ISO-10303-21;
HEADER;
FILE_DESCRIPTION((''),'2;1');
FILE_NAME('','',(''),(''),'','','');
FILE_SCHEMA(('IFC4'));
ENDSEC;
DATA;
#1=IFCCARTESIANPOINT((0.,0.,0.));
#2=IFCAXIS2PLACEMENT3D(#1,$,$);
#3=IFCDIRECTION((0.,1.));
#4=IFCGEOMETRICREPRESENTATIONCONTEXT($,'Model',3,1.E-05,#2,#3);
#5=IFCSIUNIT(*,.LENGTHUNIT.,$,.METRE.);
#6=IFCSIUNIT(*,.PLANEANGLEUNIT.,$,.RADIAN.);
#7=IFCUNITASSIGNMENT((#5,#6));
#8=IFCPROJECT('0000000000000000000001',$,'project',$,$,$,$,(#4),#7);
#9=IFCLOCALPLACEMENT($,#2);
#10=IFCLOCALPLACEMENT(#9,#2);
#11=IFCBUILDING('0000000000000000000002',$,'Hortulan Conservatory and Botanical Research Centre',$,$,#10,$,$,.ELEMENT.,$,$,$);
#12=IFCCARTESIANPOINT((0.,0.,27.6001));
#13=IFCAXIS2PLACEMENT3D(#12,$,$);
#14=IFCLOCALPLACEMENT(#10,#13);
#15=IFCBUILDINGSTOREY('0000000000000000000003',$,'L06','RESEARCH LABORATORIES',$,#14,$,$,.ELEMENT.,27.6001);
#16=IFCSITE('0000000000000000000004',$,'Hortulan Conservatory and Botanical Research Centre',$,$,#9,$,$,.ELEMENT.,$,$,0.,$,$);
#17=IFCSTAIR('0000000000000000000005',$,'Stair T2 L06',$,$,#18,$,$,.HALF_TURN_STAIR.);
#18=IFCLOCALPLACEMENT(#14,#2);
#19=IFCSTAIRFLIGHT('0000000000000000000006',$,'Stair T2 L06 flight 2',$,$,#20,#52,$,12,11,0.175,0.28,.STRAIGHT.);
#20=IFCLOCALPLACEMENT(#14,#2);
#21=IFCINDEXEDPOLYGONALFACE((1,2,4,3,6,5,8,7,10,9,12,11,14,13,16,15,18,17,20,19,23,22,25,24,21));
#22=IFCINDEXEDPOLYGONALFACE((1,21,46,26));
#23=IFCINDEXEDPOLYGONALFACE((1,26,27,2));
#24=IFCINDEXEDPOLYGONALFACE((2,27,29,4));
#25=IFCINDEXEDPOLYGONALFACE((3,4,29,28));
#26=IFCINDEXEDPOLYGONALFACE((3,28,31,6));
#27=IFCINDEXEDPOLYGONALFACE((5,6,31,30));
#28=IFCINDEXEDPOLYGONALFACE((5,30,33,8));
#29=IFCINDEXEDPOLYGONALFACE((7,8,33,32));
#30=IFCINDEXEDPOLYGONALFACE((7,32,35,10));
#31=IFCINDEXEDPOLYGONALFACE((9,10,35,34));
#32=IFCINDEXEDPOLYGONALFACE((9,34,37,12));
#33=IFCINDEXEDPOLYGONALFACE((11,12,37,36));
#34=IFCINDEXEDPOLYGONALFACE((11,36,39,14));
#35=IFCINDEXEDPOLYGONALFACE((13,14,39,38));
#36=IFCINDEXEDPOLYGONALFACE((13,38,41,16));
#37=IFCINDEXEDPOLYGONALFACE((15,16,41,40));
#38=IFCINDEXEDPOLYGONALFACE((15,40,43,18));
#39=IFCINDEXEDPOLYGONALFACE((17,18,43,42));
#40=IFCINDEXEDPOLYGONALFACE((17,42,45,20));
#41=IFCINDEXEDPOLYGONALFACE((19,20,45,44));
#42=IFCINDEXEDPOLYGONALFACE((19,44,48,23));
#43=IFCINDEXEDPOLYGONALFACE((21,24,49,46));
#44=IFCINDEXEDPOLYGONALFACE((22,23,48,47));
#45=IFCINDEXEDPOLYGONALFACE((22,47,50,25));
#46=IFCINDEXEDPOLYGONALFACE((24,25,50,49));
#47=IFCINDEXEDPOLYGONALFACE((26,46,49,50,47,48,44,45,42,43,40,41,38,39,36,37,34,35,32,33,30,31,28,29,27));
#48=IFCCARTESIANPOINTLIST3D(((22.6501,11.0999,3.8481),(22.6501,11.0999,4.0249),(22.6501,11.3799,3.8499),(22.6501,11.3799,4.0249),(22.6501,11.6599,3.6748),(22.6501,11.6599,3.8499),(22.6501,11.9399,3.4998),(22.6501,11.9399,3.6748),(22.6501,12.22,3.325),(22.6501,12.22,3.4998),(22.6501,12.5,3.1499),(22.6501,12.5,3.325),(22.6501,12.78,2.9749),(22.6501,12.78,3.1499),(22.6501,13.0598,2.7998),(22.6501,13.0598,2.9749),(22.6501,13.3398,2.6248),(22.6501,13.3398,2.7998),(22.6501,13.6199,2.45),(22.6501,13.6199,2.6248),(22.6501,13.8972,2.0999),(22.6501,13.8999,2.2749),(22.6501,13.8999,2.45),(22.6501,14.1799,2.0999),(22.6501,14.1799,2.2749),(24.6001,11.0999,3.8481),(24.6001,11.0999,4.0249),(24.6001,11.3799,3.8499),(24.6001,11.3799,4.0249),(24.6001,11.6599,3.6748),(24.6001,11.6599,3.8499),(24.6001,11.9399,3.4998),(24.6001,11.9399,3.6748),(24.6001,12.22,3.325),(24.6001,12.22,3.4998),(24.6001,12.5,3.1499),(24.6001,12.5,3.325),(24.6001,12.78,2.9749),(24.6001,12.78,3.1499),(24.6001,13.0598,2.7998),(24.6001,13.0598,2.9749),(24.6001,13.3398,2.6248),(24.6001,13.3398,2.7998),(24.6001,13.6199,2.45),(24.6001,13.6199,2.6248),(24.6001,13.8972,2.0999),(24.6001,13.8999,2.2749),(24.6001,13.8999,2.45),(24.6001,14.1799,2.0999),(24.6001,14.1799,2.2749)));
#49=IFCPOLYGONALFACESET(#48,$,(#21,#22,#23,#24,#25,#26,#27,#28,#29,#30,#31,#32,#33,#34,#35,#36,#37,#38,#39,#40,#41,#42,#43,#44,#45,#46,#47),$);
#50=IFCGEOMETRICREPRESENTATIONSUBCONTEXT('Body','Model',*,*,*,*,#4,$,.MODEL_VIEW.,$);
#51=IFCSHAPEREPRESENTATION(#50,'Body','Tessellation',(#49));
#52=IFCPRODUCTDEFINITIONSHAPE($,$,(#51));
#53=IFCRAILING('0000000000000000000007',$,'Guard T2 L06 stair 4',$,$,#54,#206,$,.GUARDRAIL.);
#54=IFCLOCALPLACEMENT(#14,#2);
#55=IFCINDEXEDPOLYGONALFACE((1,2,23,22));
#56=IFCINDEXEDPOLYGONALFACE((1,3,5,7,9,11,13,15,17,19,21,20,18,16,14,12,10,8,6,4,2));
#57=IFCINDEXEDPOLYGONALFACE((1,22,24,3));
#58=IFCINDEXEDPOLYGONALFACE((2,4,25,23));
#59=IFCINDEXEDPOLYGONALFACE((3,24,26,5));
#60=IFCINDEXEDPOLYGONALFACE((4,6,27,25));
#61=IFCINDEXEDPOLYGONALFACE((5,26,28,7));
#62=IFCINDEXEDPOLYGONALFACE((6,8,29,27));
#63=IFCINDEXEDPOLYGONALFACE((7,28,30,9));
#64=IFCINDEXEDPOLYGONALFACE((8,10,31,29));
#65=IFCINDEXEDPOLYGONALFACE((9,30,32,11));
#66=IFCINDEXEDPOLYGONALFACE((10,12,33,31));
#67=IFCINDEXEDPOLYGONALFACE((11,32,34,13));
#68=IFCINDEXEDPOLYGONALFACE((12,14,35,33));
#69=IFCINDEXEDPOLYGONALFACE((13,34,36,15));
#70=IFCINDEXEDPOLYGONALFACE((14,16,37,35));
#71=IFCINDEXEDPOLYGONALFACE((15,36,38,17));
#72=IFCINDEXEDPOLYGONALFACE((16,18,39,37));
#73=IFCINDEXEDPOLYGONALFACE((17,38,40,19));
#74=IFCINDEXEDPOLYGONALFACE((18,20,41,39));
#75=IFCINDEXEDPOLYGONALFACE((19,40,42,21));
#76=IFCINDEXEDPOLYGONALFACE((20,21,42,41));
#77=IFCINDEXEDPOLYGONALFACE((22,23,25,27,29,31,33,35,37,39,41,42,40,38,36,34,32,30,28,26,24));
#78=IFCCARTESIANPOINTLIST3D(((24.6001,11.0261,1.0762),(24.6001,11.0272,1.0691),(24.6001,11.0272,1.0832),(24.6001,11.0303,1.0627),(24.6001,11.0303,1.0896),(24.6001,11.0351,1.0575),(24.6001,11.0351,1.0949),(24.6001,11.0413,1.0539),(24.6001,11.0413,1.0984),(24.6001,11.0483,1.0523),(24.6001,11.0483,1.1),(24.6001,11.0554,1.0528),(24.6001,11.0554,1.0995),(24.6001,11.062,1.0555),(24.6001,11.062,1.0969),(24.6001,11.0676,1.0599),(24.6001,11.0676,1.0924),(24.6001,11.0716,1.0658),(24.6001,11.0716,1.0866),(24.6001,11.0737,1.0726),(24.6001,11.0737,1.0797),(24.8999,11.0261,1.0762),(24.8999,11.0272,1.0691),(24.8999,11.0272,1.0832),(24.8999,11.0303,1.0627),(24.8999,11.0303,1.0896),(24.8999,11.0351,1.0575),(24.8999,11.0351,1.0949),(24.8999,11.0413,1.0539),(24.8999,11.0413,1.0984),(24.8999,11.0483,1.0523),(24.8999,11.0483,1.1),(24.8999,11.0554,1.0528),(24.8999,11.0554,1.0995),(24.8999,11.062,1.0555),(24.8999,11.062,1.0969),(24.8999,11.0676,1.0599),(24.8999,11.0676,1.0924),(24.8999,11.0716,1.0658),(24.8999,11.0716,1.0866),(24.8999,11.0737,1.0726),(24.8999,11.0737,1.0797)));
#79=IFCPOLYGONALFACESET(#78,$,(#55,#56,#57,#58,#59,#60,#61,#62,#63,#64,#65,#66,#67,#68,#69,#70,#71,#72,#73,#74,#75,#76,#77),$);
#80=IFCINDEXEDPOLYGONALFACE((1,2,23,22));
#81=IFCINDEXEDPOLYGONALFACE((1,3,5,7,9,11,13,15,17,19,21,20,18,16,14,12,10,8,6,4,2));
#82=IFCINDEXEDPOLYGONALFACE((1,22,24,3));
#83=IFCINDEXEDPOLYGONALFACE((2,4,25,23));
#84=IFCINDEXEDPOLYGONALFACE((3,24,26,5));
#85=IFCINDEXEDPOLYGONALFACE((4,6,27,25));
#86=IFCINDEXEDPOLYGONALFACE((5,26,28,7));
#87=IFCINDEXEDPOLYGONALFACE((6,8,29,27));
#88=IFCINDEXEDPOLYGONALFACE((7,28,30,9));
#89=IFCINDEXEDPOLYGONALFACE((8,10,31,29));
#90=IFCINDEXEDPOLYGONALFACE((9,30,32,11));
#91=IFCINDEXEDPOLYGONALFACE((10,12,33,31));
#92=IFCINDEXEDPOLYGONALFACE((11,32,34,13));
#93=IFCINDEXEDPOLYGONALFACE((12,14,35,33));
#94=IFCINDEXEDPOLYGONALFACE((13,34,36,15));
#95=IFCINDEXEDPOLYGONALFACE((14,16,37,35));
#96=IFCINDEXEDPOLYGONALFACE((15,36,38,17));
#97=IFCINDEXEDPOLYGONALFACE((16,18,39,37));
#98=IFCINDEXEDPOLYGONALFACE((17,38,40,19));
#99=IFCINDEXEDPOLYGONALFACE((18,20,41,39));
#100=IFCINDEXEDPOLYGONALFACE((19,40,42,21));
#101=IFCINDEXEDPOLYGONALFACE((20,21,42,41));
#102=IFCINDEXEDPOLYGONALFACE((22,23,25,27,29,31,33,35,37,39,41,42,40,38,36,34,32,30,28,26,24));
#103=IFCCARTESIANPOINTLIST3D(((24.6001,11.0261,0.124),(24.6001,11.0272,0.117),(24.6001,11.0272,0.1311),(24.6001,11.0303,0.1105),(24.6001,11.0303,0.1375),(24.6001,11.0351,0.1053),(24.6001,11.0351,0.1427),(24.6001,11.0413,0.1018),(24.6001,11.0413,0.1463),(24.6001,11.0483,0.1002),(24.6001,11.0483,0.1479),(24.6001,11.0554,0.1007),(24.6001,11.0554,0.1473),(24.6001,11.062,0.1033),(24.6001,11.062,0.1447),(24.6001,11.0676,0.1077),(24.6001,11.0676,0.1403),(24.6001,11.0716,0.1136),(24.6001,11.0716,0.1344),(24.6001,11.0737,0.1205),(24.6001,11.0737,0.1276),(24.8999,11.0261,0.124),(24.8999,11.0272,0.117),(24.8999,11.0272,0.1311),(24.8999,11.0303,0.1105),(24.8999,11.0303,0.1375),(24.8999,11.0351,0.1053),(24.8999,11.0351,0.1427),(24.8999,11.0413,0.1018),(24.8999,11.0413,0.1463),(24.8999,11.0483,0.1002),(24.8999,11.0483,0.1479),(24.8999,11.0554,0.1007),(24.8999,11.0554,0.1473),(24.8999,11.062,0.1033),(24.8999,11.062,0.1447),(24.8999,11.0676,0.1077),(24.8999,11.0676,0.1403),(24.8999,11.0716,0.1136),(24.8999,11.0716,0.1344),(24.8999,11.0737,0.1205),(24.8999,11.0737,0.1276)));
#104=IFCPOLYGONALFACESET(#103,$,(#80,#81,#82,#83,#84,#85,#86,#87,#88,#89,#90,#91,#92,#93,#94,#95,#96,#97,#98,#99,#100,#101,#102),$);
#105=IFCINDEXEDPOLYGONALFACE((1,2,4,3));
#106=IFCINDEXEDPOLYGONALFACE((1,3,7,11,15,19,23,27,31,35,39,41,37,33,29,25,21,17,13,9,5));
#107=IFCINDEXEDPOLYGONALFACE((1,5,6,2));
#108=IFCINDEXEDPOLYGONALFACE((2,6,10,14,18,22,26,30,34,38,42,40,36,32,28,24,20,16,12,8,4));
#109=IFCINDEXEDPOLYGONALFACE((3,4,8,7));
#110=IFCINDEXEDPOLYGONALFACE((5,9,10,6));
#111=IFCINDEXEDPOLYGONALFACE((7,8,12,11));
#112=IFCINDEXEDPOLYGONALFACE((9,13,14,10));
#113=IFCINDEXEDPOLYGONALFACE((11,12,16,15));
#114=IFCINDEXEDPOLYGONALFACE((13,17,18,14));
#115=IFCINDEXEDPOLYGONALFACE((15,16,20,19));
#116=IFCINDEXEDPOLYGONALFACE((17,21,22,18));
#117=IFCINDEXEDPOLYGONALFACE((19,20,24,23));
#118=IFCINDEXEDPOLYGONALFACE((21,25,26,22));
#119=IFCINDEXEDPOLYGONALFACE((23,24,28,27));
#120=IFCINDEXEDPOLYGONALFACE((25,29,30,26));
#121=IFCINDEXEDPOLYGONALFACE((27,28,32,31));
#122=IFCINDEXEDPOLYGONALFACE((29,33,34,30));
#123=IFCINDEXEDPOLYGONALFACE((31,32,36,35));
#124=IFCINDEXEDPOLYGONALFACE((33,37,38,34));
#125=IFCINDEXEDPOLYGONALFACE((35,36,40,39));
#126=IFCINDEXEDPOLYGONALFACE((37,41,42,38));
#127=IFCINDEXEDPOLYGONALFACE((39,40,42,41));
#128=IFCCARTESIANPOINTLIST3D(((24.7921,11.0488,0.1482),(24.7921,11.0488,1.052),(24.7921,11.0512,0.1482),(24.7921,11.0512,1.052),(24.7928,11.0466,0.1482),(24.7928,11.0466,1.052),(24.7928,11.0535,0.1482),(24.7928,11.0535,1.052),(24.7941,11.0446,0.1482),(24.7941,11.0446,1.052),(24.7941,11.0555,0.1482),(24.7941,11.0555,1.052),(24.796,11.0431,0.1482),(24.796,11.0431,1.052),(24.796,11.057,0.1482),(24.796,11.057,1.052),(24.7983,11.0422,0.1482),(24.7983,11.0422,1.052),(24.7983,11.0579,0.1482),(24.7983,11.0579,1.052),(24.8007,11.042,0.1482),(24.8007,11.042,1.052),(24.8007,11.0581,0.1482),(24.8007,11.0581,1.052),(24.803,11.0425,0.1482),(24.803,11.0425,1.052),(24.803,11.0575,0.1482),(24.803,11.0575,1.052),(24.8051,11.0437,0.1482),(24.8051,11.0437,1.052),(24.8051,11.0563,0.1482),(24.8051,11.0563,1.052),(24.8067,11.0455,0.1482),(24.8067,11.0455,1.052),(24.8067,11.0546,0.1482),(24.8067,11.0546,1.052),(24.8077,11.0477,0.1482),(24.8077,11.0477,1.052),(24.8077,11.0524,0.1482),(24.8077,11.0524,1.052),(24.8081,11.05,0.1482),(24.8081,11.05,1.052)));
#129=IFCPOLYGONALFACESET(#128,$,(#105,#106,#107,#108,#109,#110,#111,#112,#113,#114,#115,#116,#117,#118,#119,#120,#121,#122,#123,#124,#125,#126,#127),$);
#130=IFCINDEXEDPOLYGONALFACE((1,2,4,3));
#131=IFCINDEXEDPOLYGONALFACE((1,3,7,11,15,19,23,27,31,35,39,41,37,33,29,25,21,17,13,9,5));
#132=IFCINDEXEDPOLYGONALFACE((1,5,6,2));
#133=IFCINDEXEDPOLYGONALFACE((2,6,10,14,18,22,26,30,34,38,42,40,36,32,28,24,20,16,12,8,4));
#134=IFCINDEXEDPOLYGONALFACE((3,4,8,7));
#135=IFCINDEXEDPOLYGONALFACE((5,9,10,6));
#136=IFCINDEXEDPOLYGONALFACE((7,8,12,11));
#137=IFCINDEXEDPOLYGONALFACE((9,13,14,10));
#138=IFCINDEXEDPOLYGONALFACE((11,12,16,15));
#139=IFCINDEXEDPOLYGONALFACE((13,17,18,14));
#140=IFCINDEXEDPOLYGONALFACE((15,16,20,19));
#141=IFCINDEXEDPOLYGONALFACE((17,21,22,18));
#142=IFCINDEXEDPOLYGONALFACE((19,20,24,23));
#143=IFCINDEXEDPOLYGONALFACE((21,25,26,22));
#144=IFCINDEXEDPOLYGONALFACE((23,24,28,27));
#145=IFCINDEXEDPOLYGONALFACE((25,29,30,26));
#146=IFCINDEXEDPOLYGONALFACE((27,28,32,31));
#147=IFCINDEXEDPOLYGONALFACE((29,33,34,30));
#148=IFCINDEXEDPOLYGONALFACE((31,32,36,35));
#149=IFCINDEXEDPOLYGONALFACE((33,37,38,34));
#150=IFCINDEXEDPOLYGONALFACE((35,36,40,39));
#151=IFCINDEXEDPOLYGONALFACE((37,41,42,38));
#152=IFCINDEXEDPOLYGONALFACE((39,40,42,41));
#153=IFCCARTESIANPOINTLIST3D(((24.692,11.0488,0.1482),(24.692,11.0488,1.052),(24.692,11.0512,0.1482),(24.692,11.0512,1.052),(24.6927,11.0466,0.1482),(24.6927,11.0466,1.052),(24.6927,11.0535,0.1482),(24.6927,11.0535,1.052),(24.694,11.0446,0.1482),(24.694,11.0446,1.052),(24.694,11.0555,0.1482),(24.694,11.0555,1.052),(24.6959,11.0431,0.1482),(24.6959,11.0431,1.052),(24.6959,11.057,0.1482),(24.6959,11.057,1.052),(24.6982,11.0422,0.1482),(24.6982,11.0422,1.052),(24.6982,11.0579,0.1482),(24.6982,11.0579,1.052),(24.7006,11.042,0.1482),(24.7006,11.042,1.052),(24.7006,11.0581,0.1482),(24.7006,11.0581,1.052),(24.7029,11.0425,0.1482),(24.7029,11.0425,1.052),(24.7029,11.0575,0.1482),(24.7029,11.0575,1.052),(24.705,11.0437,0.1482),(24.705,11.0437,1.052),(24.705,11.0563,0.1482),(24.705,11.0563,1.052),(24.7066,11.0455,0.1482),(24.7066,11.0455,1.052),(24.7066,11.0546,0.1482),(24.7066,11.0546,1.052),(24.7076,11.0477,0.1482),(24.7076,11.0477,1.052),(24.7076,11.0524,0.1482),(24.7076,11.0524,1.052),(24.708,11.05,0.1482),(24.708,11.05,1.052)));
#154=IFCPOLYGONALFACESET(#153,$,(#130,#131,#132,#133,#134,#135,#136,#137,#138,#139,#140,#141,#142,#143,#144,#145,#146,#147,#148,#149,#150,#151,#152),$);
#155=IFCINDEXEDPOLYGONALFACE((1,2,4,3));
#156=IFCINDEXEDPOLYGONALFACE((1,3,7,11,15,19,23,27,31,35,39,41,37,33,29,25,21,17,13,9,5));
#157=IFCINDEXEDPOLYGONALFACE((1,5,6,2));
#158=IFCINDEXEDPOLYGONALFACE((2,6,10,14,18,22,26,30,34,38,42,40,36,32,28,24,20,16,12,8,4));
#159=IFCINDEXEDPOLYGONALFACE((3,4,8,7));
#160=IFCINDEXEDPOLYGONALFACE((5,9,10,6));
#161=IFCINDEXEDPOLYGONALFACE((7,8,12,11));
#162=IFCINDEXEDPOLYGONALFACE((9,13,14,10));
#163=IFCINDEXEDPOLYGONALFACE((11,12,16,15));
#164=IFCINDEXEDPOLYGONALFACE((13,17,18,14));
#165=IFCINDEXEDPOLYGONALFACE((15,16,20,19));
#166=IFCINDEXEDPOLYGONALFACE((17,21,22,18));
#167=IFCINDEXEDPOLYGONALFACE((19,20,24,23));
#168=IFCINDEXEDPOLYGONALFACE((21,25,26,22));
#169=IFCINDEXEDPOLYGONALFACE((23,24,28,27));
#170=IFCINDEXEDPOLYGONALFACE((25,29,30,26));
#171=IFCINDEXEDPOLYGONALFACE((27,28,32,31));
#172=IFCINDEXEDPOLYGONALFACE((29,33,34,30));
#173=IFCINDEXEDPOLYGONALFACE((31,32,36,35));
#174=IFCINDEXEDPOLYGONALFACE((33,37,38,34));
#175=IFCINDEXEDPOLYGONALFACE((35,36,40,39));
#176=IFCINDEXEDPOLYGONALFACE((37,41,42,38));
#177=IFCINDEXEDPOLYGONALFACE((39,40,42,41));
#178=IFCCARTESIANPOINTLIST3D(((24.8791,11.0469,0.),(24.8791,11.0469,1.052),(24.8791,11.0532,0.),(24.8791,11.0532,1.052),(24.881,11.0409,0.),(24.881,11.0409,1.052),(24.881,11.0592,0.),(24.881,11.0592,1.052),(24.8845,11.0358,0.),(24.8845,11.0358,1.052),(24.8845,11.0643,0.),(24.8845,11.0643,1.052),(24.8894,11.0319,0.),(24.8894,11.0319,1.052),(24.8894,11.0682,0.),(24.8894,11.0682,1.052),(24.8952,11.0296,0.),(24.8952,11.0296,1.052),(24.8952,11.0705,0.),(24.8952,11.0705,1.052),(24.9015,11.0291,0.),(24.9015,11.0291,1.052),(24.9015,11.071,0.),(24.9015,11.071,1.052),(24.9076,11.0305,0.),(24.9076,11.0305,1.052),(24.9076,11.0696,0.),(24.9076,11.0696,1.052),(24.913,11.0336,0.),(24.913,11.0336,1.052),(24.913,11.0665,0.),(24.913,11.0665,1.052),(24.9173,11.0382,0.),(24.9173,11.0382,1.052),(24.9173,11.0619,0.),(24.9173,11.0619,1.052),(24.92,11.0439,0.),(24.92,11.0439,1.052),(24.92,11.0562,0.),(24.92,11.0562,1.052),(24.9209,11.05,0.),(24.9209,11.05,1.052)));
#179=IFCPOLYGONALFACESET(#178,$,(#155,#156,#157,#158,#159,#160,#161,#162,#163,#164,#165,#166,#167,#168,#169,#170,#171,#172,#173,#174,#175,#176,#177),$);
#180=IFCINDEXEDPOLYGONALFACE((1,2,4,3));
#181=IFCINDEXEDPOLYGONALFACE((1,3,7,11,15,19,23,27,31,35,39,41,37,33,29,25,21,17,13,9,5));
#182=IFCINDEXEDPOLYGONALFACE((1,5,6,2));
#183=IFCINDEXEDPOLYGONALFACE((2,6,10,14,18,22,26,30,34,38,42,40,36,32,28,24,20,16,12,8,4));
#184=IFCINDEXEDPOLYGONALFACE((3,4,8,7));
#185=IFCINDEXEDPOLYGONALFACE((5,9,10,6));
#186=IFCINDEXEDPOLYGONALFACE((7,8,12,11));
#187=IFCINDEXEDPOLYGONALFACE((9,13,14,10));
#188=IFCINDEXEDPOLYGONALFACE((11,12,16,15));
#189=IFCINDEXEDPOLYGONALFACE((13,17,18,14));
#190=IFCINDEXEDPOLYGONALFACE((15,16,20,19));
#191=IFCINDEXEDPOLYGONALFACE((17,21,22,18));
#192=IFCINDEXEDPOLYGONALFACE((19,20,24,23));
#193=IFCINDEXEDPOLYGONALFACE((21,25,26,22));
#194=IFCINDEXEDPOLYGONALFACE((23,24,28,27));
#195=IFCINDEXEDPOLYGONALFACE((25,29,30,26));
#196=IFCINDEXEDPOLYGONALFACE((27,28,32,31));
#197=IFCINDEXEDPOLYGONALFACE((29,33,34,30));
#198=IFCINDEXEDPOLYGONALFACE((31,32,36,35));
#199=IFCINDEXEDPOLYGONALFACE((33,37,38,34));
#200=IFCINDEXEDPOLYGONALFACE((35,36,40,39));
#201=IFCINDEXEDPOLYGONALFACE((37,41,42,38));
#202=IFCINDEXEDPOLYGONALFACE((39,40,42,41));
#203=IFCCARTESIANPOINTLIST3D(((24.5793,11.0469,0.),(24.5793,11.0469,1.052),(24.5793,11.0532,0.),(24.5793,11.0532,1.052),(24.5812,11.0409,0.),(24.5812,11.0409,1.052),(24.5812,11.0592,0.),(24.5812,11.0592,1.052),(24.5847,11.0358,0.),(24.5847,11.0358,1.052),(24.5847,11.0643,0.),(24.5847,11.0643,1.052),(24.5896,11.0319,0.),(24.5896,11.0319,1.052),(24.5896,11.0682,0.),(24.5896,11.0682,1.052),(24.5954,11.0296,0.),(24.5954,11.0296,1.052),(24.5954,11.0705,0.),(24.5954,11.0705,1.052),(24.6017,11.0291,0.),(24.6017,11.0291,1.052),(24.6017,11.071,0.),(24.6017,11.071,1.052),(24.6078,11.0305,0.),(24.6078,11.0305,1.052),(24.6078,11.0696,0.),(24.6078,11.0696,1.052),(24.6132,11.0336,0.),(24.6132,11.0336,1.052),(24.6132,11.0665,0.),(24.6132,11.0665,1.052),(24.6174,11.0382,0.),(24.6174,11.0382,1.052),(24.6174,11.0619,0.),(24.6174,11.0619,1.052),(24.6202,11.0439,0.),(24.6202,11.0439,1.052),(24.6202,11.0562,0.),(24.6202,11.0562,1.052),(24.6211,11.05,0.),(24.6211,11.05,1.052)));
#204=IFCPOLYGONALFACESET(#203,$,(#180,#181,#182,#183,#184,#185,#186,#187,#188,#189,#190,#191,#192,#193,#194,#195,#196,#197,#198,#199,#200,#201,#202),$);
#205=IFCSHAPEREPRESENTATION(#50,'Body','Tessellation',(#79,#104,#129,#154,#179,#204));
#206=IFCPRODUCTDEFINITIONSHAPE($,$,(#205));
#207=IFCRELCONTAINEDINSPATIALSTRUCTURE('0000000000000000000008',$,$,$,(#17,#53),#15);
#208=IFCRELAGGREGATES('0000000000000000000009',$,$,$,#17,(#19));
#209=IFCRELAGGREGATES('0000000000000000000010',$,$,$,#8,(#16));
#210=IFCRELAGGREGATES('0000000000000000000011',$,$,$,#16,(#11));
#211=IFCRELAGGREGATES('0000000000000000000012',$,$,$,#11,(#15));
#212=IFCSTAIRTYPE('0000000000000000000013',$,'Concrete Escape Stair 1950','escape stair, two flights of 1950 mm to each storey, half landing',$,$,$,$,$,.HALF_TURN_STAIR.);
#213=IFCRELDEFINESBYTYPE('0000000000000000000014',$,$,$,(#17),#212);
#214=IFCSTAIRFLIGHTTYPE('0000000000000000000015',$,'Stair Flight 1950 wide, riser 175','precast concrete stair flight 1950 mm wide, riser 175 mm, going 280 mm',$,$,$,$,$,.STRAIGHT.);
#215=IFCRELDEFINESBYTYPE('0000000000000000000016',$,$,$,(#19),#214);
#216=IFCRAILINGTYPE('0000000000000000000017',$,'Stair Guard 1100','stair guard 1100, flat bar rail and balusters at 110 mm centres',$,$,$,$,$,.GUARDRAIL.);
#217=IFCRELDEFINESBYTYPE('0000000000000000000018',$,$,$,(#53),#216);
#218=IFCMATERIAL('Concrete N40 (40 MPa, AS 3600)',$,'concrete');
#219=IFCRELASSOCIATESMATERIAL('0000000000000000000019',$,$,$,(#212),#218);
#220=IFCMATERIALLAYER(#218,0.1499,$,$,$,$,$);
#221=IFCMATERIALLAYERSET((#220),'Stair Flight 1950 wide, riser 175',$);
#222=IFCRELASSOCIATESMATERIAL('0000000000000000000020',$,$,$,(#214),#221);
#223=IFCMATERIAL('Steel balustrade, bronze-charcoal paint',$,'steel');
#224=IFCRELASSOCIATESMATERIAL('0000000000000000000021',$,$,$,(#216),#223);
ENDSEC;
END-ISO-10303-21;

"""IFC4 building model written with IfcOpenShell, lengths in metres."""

from ifc_helpers import new_model, si_unit, direction, frame, origin, origin_2d, place, context, subcontext, project, spatial, polyline, circle, outline, extrude, material, layer, layer_set, type_object, element, aggregate, save


model = new_model("IFC4")

# Units and contexts
model_context = context("Model", 3, precision=1e-05, world=origin(), true_north=direction((0.0, 1.0)))
body_context = subcontext(model_context, "Body", "Model", "MODEL_VIEW")
ifc_project = project(units=[si_unit("LENGTHUNIT", "METRE"), si_unit("PLANEANGLEUNIT", "RADIAN")], contexts=[model_context])

# Site, building, storey
site_placement = place(None, origin())
site = spatial("IfcSite", under=ifc_project, at=site_placement, Name="Hortulan Conservatory and Botanical Research Centre", CompositionType="ELEMENT", RefElevation=0.0)
building_placement = place(site_placement, origin())
building = spatial("IfcBuilding", under=site, at=building_placement, Name="Hortulan Conservatory and Botanical Research Centre", CompositionType="ELEMENT")
storey_placement = place(building_placement, frame((0.0, 0.0, 27.6001)))
storey = spatial("IfcBuildingStorey", under=building, at=storey_placement, Name="L06", Description="RESEARCH LABORATORIES", CompositionType="ELEMENT", Elevation=27.6001)

# Stair, stair flight
ifc_material_1 = material(Name="Concrete N40 (40 MPa, AS 3600)", Category="concrete")
stair_type = type_object("IfcStairType", Name="Concrete Escape Stair 1950", Description="escape stair, two flights of 1950 mm to each storey, half landing", PredefinedType="HALF_TURN_STAIR", material=ifc_material_1)
stair_placement = place(storey_placement, origin())
stair = element("IfcStair", 1, at=stair_placement, inside=storey, type_object=stair_type, Name="Stair T2 L06", PredefinedType="HALF_TURN_STAIR")
ifc_layer_1 = layer(ifc_material_1, 0.1499)
ifc_layer_set_1 = layer_set([ifc_layer_1], Name="Stair Flight 1950 wide, riser 175")
stair_flight_type = type_object("IfcStairFlightType", Name="Stair Flight 1950 wide, riser 175", Description="precast concrete stair flight 1950 mm wide, riser 175 mm, going 280 mm", PredefinedType="STRAIGHT", material=ifc_layer_set_1)
stair_flight_1_placement = place(storey_placement, frame((23.625, 14.1799, 2.0999), z_axis=(0.0, 0.0, 1.0), x_axis=(0.0, -1.0, 0.0)))
stair_flight_1 = element("IfcStairFlight", 2, at=stair_flight_1_placement, type_object=stair_flight_type, Name="Stair T2 L06 flight 2", NumberOfRisers=12, NumberOfTreads=11, PredefinedType="STRAIGHT", RiserHeight=0.175, TreadLength=0.28, context=body_context, shape_type="SweptSolid", body=[
    extrude(outline(polyline([(0.0, 0.0), (0.0, 0.175), (0.28, 0.175), (0.28, 0.3501), (0.5601, 0.3501), (0.5601, 0.5249), (0.8401, 0.5249), (0.8401, 0.7), (1.1201, 0.7), (1.1201, 0.875), (1.3999, 0.875), (1.3999, 1.05), (1.6799, 1.05), (1.6799, 1.2251), (1.96, 1.2251), (1.96, 1.3999), (2.24, 1.3999), (2.24, 1.575), (2.52, 1.575), (2.52, 1.75), (2.8, 1.75), (2.8, 1.925), (3.0801, 1.925), (3.0801, 2.1001), (3.0801, 1.7483), (0.2827, 0.0), (0.0, 0.0)])), frame((0.0, 0.9751, 0.0), z_axis=(0.0, -1.0, 0.0), x_axis=(1.0, 0.0, 0.0)), (0.0, 0.0, 1.0), 1.95),
])
aggregate(stair, [stair_flight_1])

# Railing
ifc_material_2 = material(Name="Steel balustrade, bronze-charcoal paint", Category="steel")
railing_type_1 = type_object("IfcRailingType", Name="Stair Guard 1100", Description="stair guard 1100, flat bar rail and balusters at 110 mm centres", PredefinedType="GUARDRAIL", material=ifc_material_2)
railing_1_placement = place(storey_placement, frame((24.8999, 11.05, 0.0)))
element("IfcRailing", 3, at=railing_1_placement, inside=storey, type_object=railing_type_1, Name="Guard T2 L06 stair 4", PredefinedType="GUARDRAIL", context=body_context, shape_type="SweptSolid", body=[
    extrude(circle(Radius=0.0239, at=origin_2d()), frame((0.0, 0.0, 1.0762), z_axis=(-1.0, 0.0, 0.0), x_axis=(0.0, -1.0, 0.0)), (0.0, 0.0, 1.0), 0.2998),
    extrude(circle(Radius=0.0239, at=origin_2d()), frame((0.0, 0.0, 0.124), z_axis=(-1.0, 0.0, 0.0), x_axis=(0.0, -1.0, 0.0)), (0.0, 0.0, 1.0), 0.2998),
    extrude(circle(Radius=0.0081, at=origin_2d()), frame((-0.0999, 0.0, 0.1482)), (0.0, 0.0, 1.0), 0.9038),
    extrude(circle(Radius=0.0081, at=origin_2d()), frame((-0.2, 0.0, 0.1482)), (0.0, 0.0, 1.0), 0.9038),
    extrude(circle(Radius=0.021, at=origin_2d()), origin(), (0.0, 0.0, 1.0), 1.052),
    extrude(circle(Radius=0.021, at=origin_2d()), frame((-0.2998, 0.0, 0.0)), (0.0, 0.0, 1.0), 1.052),
])

save(model, "model.ifc")
